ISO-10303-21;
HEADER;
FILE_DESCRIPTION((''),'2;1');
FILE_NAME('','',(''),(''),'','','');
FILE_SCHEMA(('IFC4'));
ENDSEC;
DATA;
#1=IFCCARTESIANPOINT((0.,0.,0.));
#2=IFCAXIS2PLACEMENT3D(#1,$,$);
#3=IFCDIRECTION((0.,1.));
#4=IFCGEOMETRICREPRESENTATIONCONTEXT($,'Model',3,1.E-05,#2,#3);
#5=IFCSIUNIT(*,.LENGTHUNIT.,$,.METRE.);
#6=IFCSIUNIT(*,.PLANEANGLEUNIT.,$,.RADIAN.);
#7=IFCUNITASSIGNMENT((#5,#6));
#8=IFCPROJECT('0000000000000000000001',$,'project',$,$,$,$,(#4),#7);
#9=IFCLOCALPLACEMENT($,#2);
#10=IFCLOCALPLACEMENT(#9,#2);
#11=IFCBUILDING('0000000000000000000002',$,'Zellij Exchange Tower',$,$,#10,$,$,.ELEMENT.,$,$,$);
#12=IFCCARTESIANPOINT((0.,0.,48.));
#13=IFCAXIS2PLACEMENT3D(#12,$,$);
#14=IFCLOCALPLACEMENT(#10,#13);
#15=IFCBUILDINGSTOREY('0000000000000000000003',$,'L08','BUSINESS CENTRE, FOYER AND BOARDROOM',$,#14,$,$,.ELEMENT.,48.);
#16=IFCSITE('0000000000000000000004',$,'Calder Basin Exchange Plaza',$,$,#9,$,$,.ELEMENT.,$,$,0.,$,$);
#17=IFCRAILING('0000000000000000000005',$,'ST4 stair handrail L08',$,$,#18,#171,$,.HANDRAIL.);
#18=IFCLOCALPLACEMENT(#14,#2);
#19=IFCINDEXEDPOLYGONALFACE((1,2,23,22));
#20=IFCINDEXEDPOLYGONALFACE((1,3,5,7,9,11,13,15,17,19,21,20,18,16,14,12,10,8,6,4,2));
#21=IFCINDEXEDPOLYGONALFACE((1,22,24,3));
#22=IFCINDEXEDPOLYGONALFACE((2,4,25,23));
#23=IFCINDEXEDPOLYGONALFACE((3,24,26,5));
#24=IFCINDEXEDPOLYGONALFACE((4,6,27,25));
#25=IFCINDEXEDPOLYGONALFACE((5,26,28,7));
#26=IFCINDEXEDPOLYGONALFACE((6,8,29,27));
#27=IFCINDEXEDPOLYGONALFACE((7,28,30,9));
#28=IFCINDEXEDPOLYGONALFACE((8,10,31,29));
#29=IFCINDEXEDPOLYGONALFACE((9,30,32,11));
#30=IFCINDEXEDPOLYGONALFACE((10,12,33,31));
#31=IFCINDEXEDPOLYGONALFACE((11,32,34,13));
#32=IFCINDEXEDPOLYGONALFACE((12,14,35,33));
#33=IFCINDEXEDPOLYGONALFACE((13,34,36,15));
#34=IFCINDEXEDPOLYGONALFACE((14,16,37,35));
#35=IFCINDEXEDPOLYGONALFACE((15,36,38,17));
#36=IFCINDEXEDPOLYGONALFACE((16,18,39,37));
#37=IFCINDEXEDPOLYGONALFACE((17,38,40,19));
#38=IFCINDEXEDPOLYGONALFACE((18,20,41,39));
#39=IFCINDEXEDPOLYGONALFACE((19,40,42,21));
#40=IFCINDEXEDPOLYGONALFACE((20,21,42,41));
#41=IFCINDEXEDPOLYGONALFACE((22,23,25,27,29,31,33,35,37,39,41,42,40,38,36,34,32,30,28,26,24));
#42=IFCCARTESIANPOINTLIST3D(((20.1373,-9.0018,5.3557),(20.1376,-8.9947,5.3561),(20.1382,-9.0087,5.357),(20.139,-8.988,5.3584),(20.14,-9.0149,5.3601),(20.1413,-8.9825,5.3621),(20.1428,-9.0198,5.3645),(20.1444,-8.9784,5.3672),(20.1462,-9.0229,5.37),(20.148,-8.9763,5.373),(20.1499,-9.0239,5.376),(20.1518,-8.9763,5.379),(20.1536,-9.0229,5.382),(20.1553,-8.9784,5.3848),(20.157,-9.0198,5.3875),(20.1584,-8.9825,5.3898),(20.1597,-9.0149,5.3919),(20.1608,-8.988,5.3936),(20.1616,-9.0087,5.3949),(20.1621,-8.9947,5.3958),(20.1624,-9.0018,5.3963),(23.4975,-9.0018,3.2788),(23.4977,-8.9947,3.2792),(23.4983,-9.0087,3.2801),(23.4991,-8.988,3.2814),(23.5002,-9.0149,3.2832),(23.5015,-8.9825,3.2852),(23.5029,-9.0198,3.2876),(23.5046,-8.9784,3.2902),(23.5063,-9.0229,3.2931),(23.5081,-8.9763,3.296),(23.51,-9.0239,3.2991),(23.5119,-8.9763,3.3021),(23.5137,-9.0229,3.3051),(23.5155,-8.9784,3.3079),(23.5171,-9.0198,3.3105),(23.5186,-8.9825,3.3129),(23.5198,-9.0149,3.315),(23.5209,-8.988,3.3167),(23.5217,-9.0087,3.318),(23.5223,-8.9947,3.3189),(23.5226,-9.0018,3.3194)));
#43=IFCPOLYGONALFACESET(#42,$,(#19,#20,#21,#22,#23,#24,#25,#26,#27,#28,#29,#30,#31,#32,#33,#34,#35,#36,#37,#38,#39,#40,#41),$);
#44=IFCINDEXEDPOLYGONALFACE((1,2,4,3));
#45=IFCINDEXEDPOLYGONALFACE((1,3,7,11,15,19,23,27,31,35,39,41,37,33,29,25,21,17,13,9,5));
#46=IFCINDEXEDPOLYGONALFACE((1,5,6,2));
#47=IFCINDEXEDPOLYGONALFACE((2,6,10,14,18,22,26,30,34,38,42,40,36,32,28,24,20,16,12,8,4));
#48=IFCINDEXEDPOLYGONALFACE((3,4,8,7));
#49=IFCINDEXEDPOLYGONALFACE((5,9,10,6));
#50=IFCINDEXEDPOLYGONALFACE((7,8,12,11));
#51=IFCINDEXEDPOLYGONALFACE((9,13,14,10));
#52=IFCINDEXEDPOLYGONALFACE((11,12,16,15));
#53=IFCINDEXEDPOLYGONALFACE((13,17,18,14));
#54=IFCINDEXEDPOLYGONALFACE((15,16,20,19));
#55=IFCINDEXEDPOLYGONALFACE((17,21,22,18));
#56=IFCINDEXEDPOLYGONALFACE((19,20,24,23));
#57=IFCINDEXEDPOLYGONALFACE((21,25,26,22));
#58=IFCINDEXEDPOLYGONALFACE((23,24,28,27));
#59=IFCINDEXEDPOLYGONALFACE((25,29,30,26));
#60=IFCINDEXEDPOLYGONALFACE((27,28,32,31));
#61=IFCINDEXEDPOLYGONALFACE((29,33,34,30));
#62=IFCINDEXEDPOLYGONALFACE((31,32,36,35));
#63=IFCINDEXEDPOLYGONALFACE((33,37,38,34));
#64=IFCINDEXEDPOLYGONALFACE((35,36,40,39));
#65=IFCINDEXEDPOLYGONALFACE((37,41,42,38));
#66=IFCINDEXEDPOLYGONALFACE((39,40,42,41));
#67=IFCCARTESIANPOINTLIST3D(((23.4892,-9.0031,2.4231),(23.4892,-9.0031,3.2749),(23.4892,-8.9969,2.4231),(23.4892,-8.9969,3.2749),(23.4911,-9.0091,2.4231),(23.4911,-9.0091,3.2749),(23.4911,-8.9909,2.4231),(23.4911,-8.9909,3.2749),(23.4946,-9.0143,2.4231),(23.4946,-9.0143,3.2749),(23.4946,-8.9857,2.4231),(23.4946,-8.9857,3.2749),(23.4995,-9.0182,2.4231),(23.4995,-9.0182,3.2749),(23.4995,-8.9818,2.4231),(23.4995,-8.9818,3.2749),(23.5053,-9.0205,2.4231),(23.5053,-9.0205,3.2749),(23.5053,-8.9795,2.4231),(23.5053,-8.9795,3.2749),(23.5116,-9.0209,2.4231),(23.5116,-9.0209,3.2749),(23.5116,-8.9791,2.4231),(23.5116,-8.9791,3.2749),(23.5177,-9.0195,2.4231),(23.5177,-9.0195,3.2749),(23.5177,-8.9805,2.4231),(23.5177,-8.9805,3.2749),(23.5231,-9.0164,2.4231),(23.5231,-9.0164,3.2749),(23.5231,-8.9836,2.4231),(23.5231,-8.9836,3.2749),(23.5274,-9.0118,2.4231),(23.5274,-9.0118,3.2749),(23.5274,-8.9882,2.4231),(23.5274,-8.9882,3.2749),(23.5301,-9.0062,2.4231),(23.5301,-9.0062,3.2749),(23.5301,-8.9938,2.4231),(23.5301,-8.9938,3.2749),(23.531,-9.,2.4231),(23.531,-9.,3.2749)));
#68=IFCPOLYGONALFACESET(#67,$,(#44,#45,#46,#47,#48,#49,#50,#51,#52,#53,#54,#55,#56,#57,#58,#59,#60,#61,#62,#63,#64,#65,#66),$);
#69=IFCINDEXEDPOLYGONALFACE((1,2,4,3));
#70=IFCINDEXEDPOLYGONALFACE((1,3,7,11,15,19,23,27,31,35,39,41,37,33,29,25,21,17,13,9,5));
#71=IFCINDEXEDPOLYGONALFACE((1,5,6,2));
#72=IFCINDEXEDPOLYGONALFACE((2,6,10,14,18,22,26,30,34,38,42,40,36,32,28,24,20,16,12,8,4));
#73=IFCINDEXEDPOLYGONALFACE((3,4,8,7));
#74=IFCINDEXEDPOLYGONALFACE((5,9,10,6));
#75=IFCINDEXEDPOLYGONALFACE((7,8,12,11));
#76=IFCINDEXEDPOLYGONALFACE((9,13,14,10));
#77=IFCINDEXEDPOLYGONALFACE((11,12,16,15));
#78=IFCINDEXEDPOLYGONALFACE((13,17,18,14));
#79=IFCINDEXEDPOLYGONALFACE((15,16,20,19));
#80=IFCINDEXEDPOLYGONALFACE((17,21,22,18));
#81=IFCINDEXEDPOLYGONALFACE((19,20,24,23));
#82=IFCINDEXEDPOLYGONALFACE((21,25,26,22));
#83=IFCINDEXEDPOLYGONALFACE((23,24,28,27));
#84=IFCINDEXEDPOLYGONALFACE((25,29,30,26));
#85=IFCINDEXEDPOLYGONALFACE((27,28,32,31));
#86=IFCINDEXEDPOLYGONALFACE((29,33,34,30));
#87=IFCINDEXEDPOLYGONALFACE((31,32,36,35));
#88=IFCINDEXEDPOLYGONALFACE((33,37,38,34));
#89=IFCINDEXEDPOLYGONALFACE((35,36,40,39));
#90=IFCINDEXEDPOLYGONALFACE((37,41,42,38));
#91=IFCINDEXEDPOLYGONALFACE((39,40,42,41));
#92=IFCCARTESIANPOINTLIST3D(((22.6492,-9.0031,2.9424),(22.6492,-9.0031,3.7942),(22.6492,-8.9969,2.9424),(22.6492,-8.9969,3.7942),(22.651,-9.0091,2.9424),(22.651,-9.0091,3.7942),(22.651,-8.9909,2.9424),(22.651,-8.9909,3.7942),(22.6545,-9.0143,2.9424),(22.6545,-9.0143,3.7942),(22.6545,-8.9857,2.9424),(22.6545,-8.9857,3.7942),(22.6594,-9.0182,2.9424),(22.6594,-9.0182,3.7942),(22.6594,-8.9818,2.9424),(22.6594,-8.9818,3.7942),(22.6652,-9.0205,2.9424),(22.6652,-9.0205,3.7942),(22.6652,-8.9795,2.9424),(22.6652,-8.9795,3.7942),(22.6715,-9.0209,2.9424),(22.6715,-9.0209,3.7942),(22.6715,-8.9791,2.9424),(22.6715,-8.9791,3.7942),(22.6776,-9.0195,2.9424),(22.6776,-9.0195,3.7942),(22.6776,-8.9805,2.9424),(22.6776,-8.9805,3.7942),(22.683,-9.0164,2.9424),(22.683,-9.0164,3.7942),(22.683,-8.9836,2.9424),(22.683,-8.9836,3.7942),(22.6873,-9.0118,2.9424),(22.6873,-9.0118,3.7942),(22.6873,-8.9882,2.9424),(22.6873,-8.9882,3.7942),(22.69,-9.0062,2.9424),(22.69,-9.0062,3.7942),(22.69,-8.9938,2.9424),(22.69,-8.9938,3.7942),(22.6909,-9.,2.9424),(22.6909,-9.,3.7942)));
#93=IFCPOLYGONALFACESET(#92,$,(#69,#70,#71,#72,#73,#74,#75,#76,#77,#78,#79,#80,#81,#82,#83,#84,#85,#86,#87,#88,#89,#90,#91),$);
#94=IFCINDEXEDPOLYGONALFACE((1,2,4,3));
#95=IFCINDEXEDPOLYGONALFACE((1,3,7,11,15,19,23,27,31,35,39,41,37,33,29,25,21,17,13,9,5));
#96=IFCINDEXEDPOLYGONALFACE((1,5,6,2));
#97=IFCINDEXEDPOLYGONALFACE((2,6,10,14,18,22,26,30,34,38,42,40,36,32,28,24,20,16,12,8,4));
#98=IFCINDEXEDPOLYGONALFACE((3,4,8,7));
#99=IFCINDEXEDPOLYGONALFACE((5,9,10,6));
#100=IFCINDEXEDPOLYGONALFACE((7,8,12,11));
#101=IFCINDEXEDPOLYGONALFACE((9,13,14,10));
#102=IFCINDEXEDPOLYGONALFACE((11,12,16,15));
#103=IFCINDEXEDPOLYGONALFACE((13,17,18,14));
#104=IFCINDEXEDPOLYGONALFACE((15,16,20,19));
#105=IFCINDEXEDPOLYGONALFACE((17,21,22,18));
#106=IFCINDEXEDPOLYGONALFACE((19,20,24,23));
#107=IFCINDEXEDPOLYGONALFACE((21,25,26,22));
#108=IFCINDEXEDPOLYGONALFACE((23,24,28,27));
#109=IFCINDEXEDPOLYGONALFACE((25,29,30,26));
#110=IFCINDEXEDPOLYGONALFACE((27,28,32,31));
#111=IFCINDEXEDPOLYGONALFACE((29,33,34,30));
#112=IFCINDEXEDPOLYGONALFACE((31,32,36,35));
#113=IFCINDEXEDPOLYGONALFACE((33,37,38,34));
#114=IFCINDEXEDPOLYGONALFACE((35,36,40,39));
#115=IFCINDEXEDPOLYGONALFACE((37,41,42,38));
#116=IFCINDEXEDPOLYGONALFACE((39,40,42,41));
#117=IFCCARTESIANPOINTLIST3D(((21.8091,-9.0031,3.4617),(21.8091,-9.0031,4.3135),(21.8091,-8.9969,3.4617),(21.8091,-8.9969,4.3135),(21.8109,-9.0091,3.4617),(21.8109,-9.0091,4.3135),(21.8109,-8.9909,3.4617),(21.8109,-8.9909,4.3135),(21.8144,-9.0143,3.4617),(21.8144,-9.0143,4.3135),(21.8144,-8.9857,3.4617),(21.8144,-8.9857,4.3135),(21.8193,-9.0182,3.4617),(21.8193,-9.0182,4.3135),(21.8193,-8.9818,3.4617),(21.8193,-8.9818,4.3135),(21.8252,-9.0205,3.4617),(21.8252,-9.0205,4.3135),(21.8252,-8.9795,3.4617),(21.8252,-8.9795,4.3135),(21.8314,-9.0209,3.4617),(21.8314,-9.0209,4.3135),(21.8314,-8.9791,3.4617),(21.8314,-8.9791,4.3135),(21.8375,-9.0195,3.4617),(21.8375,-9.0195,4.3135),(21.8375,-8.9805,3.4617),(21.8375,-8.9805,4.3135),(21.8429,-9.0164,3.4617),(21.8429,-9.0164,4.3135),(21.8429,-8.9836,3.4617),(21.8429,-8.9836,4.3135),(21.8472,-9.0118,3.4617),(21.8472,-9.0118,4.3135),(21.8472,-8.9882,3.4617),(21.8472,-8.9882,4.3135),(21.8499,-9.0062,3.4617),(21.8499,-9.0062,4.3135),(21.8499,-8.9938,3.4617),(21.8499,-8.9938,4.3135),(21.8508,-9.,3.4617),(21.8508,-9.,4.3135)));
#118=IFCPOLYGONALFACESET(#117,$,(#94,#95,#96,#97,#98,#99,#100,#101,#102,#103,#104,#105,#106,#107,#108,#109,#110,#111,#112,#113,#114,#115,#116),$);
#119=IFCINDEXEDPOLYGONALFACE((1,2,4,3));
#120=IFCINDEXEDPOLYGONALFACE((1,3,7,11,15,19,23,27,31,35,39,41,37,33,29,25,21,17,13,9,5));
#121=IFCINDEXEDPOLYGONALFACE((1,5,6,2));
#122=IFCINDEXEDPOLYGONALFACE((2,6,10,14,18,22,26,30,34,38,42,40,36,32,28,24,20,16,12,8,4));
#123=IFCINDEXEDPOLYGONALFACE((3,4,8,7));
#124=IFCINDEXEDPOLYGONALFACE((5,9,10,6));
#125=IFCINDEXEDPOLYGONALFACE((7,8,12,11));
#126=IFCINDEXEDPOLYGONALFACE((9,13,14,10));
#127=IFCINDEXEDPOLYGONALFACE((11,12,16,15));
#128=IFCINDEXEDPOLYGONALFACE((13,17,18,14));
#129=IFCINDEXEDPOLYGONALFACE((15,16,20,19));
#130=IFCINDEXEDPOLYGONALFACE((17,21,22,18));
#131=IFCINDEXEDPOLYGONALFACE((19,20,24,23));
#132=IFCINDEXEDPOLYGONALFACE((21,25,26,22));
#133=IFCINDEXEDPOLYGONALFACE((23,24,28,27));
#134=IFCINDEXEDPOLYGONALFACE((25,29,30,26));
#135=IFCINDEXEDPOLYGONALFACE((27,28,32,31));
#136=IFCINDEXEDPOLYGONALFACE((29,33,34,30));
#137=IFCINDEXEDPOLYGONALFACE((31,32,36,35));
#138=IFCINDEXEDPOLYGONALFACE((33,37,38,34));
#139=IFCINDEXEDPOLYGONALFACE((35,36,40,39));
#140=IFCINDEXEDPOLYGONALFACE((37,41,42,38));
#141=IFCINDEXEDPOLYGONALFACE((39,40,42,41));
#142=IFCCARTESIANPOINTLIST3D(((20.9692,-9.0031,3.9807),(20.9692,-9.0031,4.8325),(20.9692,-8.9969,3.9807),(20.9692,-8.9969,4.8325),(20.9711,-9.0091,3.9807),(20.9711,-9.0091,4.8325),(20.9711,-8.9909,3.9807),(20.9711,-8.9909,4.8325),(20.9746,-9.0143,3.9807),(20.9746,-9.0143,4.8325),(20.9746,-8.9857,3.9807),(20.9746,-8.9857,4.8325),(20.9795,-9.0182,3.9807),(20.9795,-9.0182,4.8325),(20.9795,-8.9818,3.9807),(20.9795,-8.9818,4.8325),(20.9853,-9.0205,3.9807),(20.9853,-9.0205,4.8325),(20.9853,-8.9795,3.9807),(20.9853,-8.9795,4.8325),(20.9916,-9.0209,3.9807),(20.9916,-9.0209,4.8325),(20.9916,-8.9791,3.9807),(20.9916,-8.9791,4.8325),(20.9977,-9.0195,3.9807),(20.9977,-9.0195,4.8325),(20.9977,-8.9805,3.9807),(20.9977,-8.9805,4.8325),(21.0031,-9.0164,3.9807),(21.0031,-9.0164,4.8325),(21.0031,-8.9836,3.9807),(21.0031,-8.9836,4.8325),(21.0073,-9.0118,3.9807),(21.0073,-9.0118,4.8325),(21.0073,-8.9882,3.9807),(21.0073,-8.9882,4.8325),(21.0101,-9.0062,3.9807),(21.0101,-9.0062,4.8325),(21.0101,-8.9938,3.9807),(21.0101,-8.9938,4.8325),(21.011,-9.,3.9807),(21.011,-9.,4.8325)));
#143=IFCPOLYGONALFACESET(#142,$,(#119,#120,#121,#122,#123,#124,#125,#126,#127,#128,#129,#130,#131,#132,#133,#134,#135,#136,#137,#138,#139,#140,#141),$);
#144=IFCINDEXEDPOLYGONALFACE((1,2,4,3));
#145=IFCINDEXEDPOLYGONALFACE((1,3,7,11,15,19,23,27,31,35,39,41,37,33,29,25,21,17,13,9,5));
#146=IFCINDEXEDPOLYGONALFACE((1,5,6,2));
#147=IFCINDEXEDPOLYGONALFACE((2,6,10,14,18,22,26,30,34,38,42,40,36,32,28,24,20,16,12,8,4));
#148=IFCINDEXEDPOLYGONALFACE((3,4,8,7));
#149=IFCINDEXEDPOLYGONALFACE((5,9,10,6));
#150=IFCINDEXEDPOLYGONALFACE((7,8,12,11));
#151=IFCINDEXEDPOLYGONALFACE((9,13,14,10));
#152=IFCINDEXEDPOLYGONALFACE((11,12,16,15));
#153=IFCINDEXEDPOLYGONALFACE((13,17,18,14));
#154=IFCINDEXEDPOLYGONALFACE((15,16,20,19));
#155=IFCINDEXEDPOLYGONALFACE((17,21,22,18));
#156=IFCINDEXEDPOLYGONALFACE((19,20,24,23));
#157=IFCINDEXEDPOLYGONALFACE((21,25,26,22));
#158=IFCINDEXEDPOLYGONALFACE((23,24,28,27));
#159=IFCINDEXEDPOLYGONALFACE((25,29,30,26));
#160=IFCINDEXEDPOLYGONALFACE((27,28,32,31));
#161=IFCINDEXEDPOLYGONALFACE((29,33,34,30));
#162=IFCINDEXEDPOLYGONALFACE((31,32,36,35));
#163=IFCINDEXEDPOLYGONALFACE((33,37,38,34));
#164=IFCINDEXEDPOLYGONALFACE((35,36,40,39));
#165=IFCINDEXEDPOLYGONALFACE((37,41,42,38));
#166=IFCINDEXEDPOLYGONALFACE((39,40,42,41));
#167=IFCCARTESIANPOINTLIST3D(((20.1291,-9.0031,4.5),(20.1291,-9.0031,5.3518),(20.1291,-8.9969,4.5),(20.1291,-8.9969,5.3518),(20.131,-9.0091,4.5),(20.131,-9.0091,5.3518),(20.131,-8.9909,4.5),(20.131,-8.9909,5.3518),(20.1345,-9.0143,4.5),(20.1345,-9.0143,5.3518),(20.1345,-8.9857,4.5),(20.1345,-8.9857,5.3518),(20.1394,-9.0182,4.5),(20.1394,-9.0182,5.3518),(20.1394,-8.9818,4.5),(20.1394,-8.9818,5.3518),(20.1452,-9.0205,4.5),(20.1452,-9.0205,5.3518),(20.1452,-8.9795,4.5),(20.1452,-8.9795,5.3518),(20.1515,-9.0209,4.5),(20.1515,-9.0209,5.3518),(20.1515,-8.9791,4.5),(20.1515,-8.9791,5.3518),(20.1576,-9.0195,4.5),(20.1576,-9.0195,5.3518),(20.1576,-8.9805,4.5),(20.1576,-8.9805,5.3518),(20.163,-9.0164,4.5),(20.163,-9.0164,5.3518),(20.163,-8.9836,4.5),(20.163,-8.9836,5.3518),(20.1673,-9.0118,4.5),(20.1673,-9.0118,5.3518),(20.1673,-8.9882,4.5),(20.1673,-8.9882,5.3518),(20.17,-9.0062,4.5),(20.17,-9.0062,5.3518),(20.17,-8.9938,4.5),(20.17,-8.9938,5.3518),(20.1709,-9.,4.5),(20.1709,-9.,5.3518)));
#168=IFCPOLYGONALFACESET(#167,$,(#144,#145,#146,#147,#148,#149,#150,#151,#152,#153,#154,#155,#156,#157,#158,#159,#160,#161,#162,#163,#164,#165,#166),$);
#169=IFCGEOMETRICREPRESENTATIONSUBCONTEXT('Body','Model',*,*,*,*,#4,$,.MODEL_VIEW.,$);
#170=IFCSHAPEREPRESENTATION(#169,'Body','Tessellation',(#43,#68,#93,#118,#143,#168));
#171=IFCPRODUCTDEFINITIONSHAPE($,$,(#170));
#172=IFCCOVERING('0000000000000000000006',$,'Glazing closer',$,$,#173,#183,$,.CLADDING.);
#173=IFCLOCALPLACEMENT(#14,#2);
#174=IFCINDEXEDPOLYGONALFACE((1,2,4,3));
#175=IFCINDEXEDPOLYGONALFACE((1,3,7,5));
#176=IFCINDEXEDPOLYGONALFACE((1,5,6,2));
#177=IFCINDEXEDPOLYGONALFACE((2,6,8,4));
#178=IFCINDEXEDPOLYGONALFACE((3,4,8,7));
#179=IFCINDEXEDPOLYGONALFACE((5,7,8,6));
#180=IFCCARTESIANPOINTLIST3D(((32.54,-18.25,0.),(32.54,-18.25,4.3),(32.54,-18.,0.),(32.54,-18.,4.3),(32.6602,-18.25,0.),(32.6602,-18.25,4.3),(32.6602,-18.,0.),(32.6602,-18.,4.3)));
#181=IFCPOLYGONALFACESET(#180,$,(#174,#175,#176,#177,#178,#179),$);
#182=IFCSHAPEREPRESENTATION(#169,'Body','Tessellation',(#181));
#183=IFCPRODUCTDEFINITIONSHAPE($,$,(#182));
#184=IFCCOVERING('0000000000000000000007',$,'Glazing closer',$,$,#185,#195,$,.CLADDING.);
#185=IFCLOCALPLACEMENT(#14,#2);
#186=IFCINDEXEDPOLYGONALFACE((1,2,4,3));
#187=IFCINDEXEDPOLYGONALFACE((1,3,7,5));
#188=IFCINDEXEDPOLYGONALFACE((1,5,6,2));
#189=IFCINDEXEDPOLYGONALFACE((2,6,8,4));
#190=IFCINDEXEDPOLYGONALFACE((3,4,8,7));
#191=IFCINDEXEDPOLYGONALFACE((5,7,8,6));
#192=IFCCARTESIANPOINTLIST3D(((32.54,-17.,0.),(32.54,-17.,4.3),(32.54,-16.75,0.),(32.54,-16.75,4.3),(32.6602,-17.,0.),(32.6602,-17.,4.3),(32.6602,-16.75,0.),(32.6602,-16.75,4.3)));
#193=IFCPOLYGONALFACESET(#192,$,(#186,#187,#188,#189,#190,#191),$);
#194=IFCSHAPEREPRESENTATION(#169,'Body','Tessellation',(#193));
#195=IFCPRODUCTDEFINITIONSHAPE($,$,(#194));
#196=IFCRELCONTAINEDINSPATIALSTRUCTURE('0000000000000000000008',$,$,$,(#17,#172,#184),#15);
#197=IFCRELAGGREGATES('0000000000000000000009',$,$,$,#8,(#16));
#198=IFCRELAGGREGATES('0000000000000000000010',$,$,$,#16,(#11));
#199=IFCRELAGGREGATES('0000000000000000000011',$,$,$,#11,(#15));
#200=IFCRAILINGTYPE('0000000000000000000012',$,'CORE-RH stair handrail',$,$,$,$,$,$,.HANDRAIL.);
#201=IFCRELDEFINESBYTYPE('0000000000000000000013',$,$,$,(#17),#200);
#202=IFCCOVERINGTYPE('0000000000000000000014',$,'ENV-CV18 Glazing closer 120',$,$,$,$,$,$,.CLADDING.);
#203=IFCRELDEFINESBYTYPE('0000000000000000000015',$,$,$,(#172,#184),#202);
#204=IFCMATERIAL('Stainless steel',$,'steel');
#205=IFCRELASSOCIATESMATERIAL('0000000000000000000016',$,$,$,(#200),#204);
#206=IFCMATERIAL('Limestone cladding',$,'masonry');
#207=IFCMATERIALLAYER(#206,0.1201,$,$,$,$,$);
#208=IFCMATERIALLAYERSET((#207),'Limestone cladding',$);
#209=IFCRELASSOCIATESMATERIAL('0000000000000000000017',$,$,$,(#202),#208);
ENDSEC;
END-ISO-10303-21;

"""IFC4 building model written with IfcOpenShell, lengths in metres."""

from ifc_helpers import new_model, si_unit, direction, frame, origin, origin_2d, place, context, subcontext, project, spatial, rectangle, circle, extrude, material, layer, layer_set, type_object, element, save


model = new_model("IFC4")

# Units and contexts
model_context = context("Model", 3, precision=1e-05, world=origin(), true_north=direction((0.0, 1.0)))
body_context = subcontext(model_context, "Body", "Model", "MODEL_VIEW")
ifc_project = project(units=[si_unit("LENGTHUNIT", "METRE"), si_unit("PLANEANGLEUNIT", "RADIAN")], contexts=[model_context])

# Site, building, storey
site_placement = place(None, origin())
site = spatial("IfcSite", under=ifc_project, at=site_placement, Name="Calder Basin Exchange Plaza", CompositionType="ELEMENT", RefElevation=0.0)
building_placement = place(site_placement, origin())
building = spatial("IfcBuilding", under=site, at=building_placement, Name="Zellij Exchange Tower", CompositionType="ELEMENT")
storey_placement = place(building_placement, frame((0.0, 0.0, 48.0)))
storey = spatial("IfcBuildingStorey", under=building, at=storey_placement, Name="L08", Description="BUSINESS CENTRE, FOYER AND BOARDROOM", CompositionType="ELEMENT", Elevation=48.0)

# Railing
ifc_material_1 = material(Name="Stainless steel", Category="steel")
railing_type_1 = type_object("IfcRailingType", Name="CORE-RH stair handrail", PredefinedType="HANDRAIL", material=ifc_material_1)
railing_1_placement = place(storey_placement, frame((23.51, -9.0, 2.4231)))
element("IfcRailing", 1, at=railing_1_placement, inside=storey, type_object=railing_type_1, Name="ST4 stair handrail L08", PredefinedType="HANDRAIL", context=body_context, shape_type="SweptSolid", body=[
    extrude(circle(Radius=0.0239, at=origin_2d()), frame((0.0, 0.0, 0.876), z_axis=(-0.850623, 0.0, 0.525776), x_axis=(0.0, -1.0, 0.0)), (0.0, 0.0, 1.0), 3.9502),
    extrude(circle(Radius=0.021, at=origin_2d()), origin(), (0.0, 0.0, 1.0), 0.8518),
    extrude(circle(Radius=0.021, at=origin_2d()), frame((-0.8401, 0.0, 0.5193)), (0.0, 0.0, 1.0), 0.8518),
    extrude(circle(Radius=0.021, at=origin_2d()), frame((-1.6802, 0.0, 1.0386)), (0.0, 0.0, 1.0), 0.8518),
    extrude(circle(Radius=0.021, at=origin_2d()), frame((-2.52, 0.0, 1.5576)), (0.0, 0.0, 1.0), 0.8518),
    extrude(circle(Radius=0.021, at=origin_2d()), frame((-3.3601, 0.0, 2.0769)), (0.0, 0.0, 1.0), 0.8518),
])

# Coverings
ifc_material_2 = material(Name="Limestone cladding", Category="masonry")
ifc_layer_1 = layer(ifc_material_2, 0.1201)
ifc_layer_set_1 = layer_set([ifc_layer_1], Name="Limestone cladding")
covering_type = type_object("IfcCoveringType", Name="ENV-CV18 Glazing closer 120", PredefinedType="CLADDING", material=ifc_layer_set_1)
for number, where, z_axis, x_axis, name in (
    (2, (32.6001, -18.125, 0.0), (0.0, 0.0, 1.0), (0.0, 1.0, 0.0), "Glazing closer"),
    (3, (32.6001, -16.875, 0.0), (0.0, 0.0, 1.0), (0.0, -1.0, 0.0), "Glazing closer"),
):
    element("IfcCovering", number, at=place(storey_placement, frame(where, z_axis=z_axis, x_axis=x_axis)), inside=storey, type_object=covering_type, Name=name, PredefinedType="CLADDING", context=body_context, shape_type="SweptSolid", body=[
        extrude(rectangle(XDim=0.25, YDim=0.1201, at=origin_2d()), origin(), (0.0, 0.0, 1.0), 4.3),
    ])

save(model, "model.ifc")
